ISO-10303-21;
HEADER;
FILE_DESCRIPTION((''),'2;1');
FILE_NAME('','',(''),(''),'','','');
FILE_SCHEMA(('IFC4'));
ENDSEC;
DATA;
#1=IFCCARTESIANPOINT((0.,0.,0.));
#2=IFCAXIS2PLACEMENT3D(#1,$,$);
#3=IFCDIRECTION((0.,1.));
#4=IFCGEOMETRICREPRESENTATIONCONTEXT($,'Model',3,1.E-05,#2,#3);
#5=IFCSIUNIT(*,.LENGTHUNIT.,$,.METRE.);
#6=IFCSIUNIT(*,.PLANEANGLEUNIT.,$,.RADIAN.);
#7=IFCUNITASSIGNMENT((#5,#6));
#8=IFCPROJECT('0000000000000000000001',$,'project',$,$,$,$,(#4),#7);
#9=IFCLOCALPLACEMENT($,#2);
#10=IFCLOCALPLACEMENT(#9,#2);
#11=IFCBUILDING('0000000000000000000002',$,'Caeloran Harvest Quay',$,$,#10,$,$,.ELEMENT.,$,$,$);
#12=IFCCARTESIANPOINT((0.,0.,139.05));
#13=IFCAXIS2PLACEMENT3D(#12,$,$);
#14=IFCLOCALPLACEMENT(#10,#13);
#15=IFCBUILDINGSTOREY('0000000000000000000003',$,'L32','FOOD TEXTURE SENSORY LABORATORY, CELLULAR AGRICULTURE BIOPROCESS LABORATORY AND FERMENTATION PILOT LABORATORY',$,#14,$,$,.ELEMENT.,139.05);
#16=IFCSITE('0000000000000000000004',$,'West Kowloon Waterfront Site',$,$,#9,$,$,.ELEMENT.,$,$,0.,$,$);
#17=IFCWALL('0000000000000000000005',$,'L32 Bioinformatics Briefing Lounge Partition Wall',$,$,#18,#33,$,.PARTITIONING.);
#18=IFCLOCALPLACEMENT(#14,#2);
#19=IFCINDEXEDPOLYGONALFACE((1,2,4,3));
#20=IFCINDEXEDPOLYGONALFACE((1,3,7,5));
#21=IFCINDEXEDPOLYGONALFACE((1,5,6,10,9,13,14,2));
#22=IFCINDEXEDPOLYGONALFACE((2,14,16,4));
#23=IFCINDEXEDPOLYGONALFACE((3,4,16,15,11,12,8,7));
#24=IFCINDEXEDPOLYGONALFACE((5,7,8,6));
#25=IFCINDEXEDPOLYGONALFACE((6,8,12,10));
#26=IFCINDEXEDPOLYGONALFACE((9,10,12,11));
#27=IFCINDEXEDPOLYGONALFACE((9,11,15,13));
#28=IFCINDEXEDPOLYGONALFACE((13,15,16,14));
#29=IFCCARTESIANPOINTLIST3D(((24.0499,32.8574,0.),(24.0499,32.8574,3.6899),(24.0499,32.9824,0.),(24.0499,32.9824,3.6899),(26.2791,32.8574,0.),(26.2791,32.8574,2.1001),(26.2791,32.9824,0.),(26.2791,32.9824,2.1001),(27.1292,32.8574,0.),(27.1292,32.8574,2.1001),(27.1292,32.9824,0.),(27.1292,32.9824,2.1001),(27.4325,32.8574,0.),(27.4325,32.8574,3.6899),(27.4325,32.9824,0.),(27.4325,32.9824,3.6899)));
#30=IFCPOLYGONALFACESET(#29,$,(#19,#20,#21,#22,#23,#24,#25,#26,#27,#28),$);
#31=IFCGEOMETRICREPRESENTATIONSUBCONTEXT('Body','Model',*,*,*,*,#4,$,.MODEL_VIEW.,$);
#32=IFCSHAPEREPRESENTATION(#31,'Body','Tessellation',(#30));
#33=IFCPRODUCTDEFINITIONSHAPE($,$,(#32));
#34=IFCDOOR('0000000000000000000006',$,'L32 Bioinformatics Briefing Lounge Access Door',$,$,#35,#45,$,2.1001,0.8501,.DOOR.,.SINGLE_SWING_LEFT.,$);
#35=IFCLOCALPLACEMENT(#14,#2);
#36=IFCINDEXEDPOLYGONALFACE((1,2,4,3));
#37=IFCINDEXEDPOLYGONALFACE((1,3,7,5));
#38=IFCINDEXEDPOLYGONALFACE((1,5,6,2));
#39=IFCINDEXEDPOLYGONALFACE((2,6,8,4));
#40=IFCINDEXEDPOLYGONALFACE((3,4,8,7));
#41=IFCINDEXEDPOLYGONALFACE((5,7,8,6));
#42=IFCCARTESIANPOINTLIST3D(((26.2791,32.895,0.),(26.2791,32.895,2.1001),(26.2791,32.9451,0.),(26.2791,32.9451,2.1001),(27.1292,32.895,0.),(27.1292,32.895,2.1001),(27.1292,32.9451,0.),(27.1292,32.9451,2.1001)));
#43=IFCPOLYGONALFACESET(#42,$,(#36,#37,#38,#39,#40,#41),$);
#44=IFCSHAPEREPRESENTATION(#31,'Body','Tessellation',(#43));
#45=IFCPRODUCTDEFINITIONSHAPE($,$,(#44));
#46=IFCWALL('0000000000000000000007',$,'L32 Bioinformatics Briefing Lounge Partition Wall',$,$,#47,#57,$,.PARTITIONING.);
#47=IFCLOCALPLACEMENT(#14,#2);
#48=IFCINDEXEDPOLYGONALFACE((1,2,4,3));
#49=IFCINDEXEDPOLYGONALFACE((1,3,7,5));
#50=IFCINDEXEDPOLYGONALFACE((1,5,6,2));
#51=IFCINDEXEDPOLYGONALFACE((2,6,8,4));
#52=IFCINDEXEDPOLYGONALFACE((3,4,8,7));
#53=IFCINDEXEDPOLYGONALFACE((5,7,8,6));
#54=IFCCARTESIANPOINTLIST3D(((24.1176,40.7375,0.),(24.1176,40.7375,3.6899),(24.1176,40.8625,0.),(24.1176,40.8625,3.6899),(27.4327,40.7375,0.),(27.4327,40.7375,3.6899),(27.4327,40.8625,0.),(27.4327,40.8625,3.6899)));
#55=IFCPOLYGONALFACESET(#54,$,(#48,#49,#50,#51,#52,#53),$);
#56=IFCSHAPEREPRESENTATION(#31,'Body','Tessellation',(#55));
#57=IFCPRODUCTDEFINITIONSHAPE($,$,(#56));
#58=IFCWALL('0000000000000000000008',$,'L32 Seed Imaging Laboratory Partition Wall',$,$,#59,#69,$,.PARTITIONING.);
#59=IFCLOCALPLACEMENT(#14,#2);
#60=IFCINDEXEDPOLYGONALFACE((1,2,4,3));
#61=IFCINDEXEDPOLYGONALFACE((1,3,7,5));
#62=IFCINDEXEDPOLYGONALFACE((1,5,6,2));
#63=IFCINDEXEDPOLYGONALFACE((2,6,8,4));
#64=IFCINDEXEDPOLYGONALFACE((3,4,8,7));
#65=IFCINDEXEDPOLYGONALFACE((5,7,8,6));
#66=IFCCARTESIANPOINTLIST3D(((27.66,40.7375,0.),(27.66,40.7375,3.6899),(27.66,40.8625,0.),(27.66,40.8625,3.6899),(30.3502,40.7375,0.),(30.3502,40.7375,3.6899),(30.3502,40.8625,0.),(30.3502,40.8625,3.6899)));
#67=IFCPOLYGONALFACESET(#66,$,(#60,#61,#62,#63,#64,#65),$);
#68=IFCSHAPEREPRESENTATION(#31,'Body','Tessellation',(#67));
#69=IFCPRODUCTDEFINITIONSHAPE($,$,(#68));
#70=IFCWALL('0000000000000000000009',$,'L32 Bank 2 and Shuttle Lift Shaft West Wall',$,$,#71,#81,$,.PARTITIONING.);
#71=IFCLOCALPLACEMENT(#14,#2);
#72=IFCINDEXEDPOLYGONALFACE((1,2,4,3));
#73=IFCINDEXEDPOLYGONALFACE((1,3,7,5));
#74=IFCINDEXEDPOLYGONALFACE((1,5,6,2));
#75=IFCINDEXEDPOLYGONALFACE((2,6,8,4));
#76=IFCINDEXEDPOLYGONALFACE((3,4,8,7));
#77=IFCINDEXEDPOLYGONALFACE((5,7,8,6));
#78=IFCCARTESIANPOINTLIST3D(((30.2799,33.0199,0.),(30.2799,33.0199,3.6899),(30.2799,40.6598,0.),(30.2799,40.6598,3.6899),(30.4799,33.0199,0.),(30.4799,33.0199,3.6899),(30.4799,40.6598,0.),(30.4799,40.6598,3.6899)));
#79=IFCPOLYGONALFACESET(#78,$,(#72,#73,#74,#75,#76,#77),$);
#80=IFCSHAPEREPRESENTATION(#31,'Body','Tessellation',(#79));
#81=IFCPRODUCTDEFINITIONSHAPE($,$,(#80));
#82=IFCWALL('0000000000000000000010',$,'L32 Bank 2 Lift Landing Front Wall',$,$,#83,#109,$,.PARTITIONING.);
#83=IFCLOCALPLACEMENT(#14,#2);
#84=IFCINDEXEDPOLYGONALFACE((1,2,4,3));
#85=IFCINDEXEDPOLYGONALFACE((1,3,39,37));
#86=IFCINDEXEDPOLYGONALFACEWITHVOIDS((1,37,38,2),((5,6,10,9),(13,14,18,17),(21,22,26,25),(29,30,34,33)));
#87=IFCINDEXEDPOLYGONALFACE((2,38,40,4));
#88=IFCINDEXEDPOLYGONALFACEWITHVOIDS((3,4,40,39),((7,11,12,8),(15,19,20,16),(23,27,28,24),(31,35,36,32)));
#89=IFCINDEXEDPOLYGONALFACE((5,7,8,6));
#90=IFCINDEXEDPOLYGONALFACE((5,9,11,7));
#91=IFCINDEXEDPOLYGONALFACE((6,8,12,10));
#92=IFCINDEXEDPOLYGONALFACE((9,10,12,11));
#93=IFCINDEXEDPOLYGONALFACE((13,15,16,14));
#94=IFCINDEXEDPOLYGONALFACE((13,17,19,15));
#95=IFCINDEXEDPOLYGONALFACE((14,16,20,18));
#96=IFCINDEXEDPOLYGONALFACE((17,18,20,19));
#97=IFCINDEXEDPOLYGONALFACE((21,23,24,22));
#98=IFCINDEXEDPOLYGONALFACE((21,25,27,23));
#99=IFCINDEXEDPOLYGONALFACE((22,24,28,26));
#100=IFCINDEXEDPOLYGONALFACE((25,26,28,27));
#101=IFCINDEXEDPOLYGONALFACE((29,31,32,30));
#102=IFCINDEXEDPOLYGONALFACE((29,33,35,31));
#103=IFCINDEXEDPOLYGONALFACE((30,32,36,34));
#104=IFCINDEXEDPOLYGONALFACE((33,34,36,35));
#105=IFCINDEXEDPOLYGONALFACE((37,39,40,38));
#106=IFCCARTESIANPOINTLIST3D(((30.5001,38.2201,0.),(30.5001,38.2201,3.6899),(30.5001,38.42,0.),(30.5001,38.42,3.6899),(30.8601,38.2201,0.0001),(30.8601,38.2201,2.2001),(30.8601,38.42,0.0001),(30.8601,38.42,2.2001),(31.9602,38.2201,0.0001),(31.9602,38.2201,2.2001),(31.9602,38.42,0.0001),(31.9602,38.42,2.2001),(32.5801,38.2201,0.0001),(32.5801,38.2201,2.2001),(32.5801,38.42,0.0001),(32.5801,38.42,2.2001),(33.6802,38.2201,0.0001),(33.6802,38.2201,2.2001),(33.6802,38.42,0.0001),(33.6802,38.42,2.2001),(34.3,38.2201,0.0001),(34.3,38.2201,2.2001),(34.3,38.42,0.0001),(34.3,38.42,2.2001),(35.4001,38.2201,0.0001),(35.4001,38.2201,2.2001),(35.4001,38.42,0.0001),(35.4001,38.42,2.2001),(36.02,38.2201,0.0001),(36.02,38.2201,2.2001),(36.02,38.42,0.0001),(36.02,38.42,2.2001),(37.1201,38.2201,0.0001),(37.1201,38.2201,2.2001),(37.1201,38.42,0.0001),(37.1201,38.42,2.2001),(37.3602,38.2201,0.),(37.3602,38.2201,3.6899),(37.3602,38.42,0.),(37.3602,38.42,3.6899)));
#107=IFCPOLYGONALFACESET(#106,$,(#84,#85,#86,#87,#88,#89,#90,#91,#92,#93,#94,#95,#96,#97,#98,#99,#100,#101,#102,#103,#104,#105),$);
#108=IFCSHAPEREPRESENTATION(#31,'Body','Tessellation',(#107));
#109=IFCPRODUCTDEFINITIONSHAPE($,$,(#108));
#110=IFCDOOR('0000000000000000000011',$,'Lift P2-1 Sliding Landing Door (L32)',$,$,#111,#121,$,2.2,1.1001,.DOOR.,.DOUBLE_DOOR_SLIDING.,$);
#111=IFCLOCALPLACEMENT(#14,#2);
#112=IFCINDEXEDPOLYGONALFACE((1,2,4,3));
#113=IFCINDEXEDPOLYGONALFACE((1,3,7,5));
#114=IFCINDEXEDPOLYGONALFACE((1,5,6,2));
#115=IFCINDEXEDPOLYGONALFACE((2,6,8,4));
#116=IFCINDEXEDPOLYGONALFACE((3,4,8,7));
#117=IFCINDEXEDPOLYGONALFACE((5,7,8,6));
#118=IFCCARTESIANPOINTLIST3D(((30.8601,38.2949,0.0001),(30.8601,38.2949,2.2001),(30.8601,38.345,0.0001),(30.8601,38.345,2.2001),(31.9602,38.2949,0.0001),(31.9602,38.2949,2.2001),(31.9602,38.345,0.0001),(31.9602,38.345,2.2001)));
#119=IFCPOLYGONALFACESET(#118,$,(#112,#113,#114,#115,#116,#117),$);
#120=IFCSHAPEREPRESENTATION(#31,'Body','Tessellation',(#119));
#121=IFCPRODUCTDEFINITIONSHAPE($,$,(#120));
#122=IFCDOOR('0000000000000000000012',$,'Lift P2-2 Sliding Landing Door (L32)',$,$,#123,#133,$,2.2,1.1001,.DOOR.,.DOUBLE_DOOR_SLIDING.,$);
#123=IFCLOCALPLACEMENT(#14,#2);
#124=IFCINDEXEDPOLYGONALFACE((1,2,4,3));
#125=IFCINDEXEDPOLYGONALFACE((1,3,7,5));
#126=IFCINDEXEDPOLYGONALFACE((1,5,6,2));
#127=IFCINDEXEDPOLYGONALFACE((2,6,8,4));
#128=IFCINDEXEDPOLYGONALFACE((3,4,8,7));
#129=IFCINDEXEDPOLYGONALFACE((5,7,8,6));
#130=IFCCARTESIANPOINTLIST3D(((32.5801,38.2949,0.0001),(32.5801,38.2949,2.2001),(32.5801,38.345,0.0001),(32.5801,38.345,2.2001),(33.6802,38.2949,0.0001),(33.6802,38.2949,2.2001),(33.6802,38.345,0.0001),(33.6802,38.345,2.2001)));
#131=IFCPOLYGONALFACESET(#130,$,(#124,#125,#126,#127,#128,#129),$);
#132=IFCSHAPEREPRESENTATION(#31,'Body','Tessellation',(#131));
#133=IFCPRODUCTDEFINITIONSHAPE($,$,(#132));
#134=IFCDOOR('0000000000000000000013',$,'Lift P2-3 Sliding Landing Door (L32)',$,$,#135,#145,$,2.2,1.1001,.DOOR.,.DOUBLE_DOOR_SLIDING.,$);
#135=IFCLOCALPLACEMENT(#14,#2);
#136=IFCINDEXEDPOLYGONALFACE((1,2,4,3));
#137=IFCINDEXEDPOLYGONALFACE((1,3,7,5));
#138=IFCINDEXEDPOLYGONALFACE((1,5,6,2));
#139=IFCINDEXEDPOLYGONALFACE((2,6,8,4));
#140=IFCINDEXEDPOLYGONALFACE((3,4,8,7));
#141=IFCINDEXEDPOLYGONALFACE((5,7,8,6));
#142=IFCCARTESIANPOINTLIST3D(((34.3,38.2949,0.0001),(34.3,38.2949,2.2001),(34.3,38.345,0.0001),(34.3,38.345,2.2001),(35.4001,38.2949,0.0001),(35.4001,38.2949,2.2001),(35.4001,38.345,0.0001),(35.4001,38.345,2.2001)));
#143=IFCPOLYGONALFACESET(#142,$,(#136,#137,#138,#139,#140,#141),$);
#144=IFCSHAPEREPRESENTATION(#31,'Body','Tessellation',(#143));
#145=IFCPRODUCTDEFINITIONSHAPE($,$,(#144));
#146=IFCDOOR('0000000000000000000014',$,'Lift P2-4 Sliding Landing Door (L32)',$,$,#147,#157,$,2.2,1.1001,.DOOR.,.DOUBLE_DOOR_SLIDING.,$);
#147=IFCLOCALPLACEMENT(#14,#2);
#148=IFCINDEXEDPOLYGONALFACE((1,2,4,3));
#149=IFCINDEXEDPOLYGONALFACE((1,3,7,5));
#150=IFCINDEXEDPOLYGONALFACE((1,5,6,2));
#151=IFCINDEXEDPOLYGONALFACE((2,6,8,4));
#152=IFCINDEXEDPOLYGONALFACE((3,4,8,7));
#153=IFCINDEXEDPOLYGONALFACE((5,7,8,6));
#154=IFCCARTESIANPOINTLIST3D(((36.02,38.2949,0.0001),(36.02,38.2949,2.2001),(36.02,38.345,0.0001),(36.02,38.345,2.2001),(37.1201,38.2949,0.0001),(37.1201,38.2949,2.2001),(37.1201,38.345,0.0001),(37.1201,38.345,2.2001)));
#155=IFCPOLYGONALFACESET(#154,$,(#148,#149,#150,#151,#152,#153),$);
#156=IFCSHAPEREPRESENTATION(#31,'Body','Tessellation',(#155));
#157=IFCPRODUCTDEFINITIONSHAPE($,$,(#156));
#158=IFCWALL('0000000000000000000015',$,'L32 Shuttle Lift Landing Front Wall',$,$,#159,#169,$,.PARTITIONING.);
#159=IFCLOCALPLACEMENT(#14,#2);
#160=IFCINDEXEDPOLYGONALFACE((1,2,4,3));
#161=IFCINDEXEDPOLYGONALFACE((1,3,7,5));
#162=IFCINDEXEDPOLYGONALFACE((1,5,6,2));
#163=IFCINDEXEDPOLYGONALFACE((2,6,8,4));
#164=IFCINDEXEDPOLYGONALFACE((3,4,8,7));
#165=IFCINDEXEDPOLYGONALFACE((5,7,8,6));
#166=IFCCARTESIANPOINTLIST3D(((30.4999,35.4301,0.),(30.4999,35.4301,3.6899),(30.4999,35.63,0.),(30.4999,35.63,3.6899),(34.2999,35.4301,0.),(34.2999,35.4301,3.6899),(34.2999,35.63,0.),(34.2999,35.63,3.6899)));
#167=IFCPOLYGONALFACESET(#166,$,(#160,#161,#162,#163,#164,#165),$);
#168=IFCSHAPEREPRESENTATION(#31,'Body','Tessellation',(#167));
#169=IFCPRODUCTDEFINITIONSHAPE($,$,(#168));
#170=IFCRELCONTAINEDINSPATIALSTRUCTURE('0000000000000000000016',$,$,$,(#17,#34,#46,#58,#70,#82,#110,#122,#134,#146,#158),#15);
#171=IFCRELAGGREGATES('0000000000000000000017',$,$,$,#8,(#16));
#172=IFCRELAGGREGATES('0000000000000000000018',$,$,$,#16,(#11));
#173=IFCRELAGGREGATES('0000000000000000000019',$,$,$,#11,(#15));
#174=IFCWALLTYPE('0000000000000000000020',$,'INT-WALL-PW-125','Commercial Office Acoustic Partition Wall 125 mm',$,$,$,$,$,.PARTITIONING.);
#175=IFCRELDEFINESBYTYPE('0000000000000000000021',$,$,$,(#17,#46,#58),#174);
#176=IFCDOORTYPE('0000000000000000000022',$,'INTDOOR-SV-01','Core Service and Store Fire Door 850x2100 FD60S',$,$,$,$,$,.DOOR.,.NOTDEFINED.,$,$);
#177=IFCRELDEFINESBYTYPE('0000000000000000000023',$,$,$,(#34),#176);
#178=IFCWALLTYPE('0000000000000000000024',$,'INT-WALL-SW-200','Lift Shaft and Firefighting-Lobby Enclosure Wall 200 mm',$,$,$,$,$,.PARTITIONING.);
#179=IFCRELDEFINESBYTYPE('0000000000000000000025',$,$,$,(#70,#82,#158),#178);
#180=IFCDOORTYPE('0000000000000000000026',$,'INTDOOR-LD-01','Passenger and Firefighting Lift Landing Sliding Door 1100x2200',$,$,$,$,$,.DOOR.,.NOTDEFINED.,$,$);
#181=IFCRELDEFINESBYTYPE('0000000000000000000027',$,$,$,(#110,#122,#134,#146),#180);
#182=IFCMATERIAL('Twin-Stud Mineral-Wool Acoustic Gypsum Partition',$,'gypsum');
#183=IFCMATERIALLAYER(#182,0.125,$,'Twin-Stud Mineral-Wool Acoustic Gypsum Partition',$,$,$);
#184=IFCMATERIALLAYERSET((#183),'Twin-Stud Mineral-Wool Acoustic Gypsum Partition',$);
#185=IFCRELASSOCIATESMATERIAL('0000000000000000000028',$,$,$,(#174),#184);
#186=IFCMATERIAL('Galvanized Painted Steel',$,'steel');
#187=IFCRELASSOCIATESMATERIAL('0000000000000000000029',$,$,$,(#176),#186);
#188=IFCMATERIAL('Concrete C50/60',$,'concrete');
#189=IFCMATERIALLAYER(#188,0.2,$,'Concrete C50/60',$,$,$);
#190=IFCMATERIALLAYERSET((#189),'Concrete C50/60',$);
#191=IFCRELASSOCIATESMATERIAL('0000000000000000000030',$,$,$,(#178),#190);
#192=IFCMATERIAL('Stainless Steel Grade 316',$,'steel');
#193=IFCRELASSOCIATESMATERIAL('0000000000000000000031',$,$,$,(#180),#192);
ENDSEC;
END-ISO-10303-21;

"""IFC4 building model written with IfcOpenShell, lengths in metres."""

from ifc_helpers import new_model, si_unit, direction, frame, frame_2d, origin, place, context, subcontext, project, spatial, rectangle, extrude, material, layer, layer_set, type_object, element, fill, save


model = new_model("IFC4")

# Units and contexts
model_context = context("Model", 3, precision=1e-05, world=origin(), true_north=direction((0.0, 1.0)))
body_context = subcontext(model_context, "Body", "Model", "MODEL_VIEW")
ifc_project = project(units=[si_unit("LENGTHUNIT", "METRE"), si_unit("PLANEANGLEUNIT", "RADIAN")], contexts=[model_context])

# Site, building, storey
site_placement = place(None, origin())
site = spatial("IfcSite", under=ifc_project, at=site_placement, Name="West Kowloon Waterfront Site", CompositionType="ELEMENT", RefElevation=0.0)
building_placement = place(site_placement, origin())
building = spatial("IfcBuilding", under=site, at=building_placement, Name="Caeloran Harvest Quay", CompositionType="ELEMENT")
storey_placement = place(building_placement, frame((0.0, 0.0, 139.05)))
storey = spatial("IfcBuildingStorey", under=building, at=storey_placement, Name="L32", Description="FOOD TEXTURE SENSORY LABORATORY, CELLULAR AGRICULTURE BIOPROCESS LABORATORY AND FERMENTATION PILOT LABORATORY", CompositionType="ELEMENT", Elevation=139.05)

# Shared definitions
ifc_material_1 = material(Name="Twin-Stud Mineral-Wool Acoustic Gypsum Partition", Category="gypsum")
ifc_layer_1 = layer(ifc_material_1, 0.125, Name="Twin-Stud Mineral-Wool Acoustic Gypsum Partition")
ifc_layer_set_1 = layer_set([ifc_layer_1], Name="Twin-Stud Mineral-Wool Acoustic Gypsum Partition")
wall_type_1 = type_object("IfcWallType", Name="INT-WALL-PW-125", Description="Commercial Office Acoustic Partition Wall 125 mm", PredefinedType="PARTITIONING", material=ifc_layer_set_1)

# Wall, opening, door
wall_1_placement = place(storey_placement, frame((27.4326, 32.9199, 0.0), z_axis=(0.0, 0.0, 1.0), x_axis=(-1.0, 0.0, 0.0)))
wall_1 = element("IfcWall", 1, at=wall_1_placement, inside=storey, type_object=wall_type_1, Name="L32 Bioinformatics Briefing Lounge Partition Wall", PredefinedType="PARTITIONING", context=body_context, shape_type="SweptSolid", body=[
    extrude(rectangle(XDim=3.3826, YDim=0.125, at=frame_2d((1.6914, 0.0))), origin(), (0.0, 0.0, 1.0), 3.6899),
])
opening_1_placement = place(wall_1_placement, frame((0.3035, 0.0, 0.0)))
opening_1 = element("IfcOpeningElement", 2, at=opening_1_placement, cuts=wall_1, PredefinedType="OPENING", context=body_context, shape_type="SweptSolid", body=[
    extrude(rectangle(XDim=0.8501, YDim=2.1001, at=frame_2d((0.425, 1.05))), frame((0.0, 0.0725, 0.0), z_axis=(0.0, -1.0, 0.0), x_axis=(1.0, 0.0, 0.0)), (0.0, 0.0, 1.0), 0.145),
])
ifc_material_2 = material(Name="Galvanized Painted Steel", Category="steel")
door_type_1 = type_object("IfcDoorType", Name="INTDOOR-SV-01", Description="Core Service and Store Fire Door 850x2100 FD60S", OperationType="NOTDEFINED", PredefinedType="DOOR", material=ifc_material_2)
door_1_placement = place(opening_1_placement, origin())
door_1 = element("IfcDoor", 3, at=door_1_placement, inside=storey, type_object=door_type_1, Name="L32 Bioinformatics Briefing Lounge Access Door", OperationType="SINGLE_SWING_LEFT", OverallHeight=2.1001, OverallWidth=0.8501, PredefinedType="DOOR", context=body_context, shape_type="SweptSolid", body=[
    extrude(rectangle(XDim=0.8501, YDim=2.1001, at=frame_2d((0.425, 1.05))), frame((0.0, 0.0249, 0.0), z_axis=(0.0, -1.0, 0.0), x_axis=(1.0, 0.0, 0.0)), (0.0, 0.0, 1.0), 0.05),
])
fill(opening_1, door_1)

# Wall
wall_2_placement = place(storey_placement, frame((24.1174, 40.8, 0.0), z_axis=(0.0, 0.0, 1.0), x_axis=(1.0, 0.0, 0.0)))
element("IfcWall", 4, at=wall_2_placement, inside=storey, type_object=wall_type_1, Name="L32 Bioinformatics Briefing Lounge Partition Wall", PredefinedType="PARTITIONING", context=body_context, shape_type="SweptSolid", body=[
    extrude(rectangle(XDim=3.3152, YDim=0.125, at=frame_2d((1.6577, 0.0))), origin(), (0.0, 0.0, 1.0), 3.6899),
])

# Walls
wall_3_placement = place(storey_placement, frame((27.6599, 40.8, 0.0), z_axis=(0.0, 0.0, 1.0), x_axis=(1.0, 0.0, 0.0)))
element("IfcWall", 5, at=wall_3_placement, inside=storey, type_object=wall_type_1, Name="L32 Seed Imaging Laboratory Partition Wall", PredefinedType="PARTITIONING", context=body_context, shape_type="SweptSolid", body=[
    extrude(rectangle(XDim=2.6902, YDim=0.125, at=frame_2d((1.3452, 0.0))), origin(), (0.0, 0.0, 1.0), 3.6899),
])
ifc_material_3 = material(Name="Concrete C50/60", Category="concrete")
ifc_layer_2 = layer(ifc_material_3, 0.2, Name="Concrete C50/60")
ifc_layer_set_2 = layer_set([ifc_layer_2], Name="Concrete C50/60")
wall_type_2 = type_object("IfcWallType", Name="INT-WALL-SW-200", Description="Lift Shaft and Firefighting-Lobby Enclosure Wall 200 mm", PredefinedType="PARTITIONING", material=ifc_layer_set_2)
wall_4_placement = place(storey_placement, frame((30.3799, 33.02, 0.0), z_axis=(0.0, 0.0, 1.0), x_axis=(0.0, 1.0, 0.0)))
element("IfcWall", 6, at=wall_4_placement, inside=storey, type_object=wall_type_2, Name="L32 Bank 2 and Shuttle Lift Shaft West Wall", PredefinedType="PARTITIONING", context=body_context, shape_type="SweptSolid", body=[
    extrude(rectangle(XDim=7.6399, YDim=0.2, at=frame_2d((3.8198, 0.0))), origin(), (0.0, 0.0, 1.0), 3.6899),
])

# Wall, openings, doors
wall_5_placement = place(storey_placement, frame((30.5, 38.3201, 0.0), z_axis=(0.0, 0.0, 1.0), x_axis=(1.0, 0.0, 0.0)))
wall_5 = element("IfcWall", 7, at=wall_5_placement, inside=storey, type_object=wall_type_2, Name="L32 Bank 2 Lift Landing Front Wall", PredefinedType="PARTITIONING", context=body_context, shape_type="SweptSolid", body=[
    extrude(rectangle(XDim=6.8601, YDim=0.2, at=frame_2d((3.4302, 0.0))), origin(), (0.0, 0.0, 1.0), 3.6899),
])
opening_2_placement = place(wall_5_placement, frame((0.3601, 0.0, 0.0)))
opening_2 = element("IfcOpeningElement", 8, at=opening_2_placement, cuts=wall_5, PredefinedType="OPENING", context=body_context, shape_type="SweptSolid", body=[
    extrude(rectangle(XDim=1.1001, YDim=2.2, at=frame_2d((0.55, 1.1001))), frame((0.0, 0.1099, 0.0), z_axis=(0.0, -1.0, 0.0), x_axis=(1.0, 0.0, 0.0)), (0.0, 0.0, 1.0), 0.22),
])
opening_3_placement = place(wall_5_placement, frame((2.0801, 0.0, 0.0)))
opening_3 = element("IfcOpeningElement", 9, at=opening_3_placement, cuts=wall_5, PredefinedType="OPENING", context=body_context, shape_type="SweptSolid", body=[
    extrude(rectangle(XDim=1.1001, YDim=2.2, at=frame_2d((0.55, 1.1001))), frame((0.0, 0.1099, 0.0), z_axis=(0.0, -1.0, 0.0), x_axis=(1.0, 0.0, 0.0)), (0.0, 0.0, 1.0), 0.22),
])
opening_4_placement = place(wall_5_placement, frame((3.8, 0.0, 0.0)))
opening_4 = element("IfcOpeningElement", 10, at=opening_4_placement, cuts=wall_5, PredefinedType="OPENING", context=body_context, shape_type="SweptSolid", body=[
    extrude(rectangle(XDim=1.1001, YDim=2.2, at=frame_2d((0.55, 1.1001))), frame((0.0, 0.1099, 0.0), z_axis=(0.0, -1.0, 0.0), x_axis=(1.0, 0.0, 0.0)), (0.0, 0.0, 1.0), 0.22),
])
opening_5_placement = place(wall_5_placement, frame((5.52, 0.0, 0.0)))
opening_5 = element("IfcOpeningElement", 11, at=opening_5_placement, cuts=wall_5, PredefinedType="OPENING", context=body_context, shape_type="SweptSolid", body=[
    extrude(rectangle(XDim=1.1001, YDim=2.2, at=frame_2d((0.55, 1.1001))), frame((0.0, 0.1099, 0.0), z_axis=(0.0, -1.0, 0.0), x_axis=(1.0, 0.0, 0.0)), (0.0, 0.0, 1.0), 0.22),
])
ifc_material_4 = material(Name="Stainless Steel Grade 316", Category="steel")
door_type_2 = type_object("IfcDoorType", Name="INTDOOR-LD-01", Description="Passenger and Firefighting Lift Landing Sliding Door 1100x2200", OperationType="NOTDEFINED", PredefinedType="DOOR", material=ifc_material_4)
door_2_placement = place(opening_2_placement, origin())
door_2 = element("IfcDoor", 12, at=door_2_placement, inside=storey, type_object=door_type_2, Name="Lift P2-1 Sliding Landing Door (L32)", OperationType="DOUBLE_DOOR_SLIDING", OverallHeight=2.2, OverallWidth=1.1001, PredefinedType="DOOR", context=body_context, shape_type="SweptSolid", body=[
    extrude(rectangle(XDim=1.1001, YDim=2.2, at=frame_2d((0.55, 1.1001))), frame((0.0, 0.0249, 0.0), z_axis=(0.0, -1.0, 0.0), x_axis=(1.0, 0.0, 0.0)), (0.0, 0.0, 1.0), 0.05),
])
fill(opening_2, door_2)
door_3_placement = place(opening_3_placement, origin())
door_3 = element("IfcDoor", 13, at=door_3_placement, inside=storey, type_object=door_type_2, Name="Lift P2-2 Sliding Landing Door (L32)", OperationType="DOUBLE_DOOR_SLIDING", OverallHeight=2.2, OverallWidth=1.1001, PredefinedType="DOOR", context=body_context, shape_type="SweptSolid", body=[
    extrude(rectangle(XDim=1.1001, YDim=2.2, at=frame_2d((0.55, 1.1001))), frame((0.0, 0.0249, 0.0), z_axis=(0.0, -1.0, 0.0), x_axis=(1.0, 0.0, 0.0)), (0.0, 0.0, 1.0), 0.05),
])
fill(opening_3, door_3)
door_4_placement = place(opening_4_placement, origin())
door_4 = element("IfcDoor", 14, at=door_4_placement, inside=storey, type_object=door_type_2, Name="Lift P2-3 Sliding Landing Door (L32)", OperationType="DOUBLE_DOOR_SLIDING", OverallHeight=2.2, OverallWidth=1.1001, PredefinedType="DOOR", context=body_context, shape_type="SweptSolid", body=[
    extrude(rectangle(XDim=1.1001, YDim=2.2, at=frame_2d((0.55, 1.1001))), frame((0.0, 0.0249, 0.0), z_axis=(0.0, -1.0, 0.0), x_axis=(1.0, 0.0, 0.0)), (0.0, 0.0, 1.0), 0.05),
])
fill(opening_4, door_4)
door_5_placement = place(opening_5_placement, origin())
door_5 = element("IfcDoor", 15, at=door_5_placement, inside=storey, type_object=door_type_2, Name="Lift P2-4 Sliding Landing Door (L32)", OperationType="DOUBLE_DOOR_SLIDING", OverallHeight=2.2, OverallWidth=1.1001, PredefinedType="DOOR", context=body_context, shape_type="SweptSolid", body=[
    extrude(rectangle(XDim=1.1001, YDim=2.2, at=frame_2d((0.55, 1.1001))), frame((0.0, 0.0249, 0.0), z_axis=(0.0, -1.0, 0.0), x_axis=(1.0, 0.0, 0.0)), (0.0, 0.0, 1.0), 0.05),
])
fill(opening_5, door_5)

# Wall
for number, where, z_axis, x_axis, name in (
    (16, (30.5, 35.53, 0.0), (0.0, 0.0, 1.0), (1.0, 0.0, 0.0), "L32 Shuttle Lift Landing Front Wall"),
):
    element("IfcWall", number, at=place(storey_placement, frame(where, z_axis=z_axis, x_axis=x_axis)), inside=storey, type_object=wall_type_2, Name=name, PredefinedType="PARTITIONING", context=body_context, shape_type="SweptSolid", body=[
        extrude(rectangle(XDim=3.8, YDim=0.2, at=frame_2d((1.8999, 0.0))), origin(), (0.0, 0.0, 1.0), 3.6899),
    ])

save(model, "model.ifc")
